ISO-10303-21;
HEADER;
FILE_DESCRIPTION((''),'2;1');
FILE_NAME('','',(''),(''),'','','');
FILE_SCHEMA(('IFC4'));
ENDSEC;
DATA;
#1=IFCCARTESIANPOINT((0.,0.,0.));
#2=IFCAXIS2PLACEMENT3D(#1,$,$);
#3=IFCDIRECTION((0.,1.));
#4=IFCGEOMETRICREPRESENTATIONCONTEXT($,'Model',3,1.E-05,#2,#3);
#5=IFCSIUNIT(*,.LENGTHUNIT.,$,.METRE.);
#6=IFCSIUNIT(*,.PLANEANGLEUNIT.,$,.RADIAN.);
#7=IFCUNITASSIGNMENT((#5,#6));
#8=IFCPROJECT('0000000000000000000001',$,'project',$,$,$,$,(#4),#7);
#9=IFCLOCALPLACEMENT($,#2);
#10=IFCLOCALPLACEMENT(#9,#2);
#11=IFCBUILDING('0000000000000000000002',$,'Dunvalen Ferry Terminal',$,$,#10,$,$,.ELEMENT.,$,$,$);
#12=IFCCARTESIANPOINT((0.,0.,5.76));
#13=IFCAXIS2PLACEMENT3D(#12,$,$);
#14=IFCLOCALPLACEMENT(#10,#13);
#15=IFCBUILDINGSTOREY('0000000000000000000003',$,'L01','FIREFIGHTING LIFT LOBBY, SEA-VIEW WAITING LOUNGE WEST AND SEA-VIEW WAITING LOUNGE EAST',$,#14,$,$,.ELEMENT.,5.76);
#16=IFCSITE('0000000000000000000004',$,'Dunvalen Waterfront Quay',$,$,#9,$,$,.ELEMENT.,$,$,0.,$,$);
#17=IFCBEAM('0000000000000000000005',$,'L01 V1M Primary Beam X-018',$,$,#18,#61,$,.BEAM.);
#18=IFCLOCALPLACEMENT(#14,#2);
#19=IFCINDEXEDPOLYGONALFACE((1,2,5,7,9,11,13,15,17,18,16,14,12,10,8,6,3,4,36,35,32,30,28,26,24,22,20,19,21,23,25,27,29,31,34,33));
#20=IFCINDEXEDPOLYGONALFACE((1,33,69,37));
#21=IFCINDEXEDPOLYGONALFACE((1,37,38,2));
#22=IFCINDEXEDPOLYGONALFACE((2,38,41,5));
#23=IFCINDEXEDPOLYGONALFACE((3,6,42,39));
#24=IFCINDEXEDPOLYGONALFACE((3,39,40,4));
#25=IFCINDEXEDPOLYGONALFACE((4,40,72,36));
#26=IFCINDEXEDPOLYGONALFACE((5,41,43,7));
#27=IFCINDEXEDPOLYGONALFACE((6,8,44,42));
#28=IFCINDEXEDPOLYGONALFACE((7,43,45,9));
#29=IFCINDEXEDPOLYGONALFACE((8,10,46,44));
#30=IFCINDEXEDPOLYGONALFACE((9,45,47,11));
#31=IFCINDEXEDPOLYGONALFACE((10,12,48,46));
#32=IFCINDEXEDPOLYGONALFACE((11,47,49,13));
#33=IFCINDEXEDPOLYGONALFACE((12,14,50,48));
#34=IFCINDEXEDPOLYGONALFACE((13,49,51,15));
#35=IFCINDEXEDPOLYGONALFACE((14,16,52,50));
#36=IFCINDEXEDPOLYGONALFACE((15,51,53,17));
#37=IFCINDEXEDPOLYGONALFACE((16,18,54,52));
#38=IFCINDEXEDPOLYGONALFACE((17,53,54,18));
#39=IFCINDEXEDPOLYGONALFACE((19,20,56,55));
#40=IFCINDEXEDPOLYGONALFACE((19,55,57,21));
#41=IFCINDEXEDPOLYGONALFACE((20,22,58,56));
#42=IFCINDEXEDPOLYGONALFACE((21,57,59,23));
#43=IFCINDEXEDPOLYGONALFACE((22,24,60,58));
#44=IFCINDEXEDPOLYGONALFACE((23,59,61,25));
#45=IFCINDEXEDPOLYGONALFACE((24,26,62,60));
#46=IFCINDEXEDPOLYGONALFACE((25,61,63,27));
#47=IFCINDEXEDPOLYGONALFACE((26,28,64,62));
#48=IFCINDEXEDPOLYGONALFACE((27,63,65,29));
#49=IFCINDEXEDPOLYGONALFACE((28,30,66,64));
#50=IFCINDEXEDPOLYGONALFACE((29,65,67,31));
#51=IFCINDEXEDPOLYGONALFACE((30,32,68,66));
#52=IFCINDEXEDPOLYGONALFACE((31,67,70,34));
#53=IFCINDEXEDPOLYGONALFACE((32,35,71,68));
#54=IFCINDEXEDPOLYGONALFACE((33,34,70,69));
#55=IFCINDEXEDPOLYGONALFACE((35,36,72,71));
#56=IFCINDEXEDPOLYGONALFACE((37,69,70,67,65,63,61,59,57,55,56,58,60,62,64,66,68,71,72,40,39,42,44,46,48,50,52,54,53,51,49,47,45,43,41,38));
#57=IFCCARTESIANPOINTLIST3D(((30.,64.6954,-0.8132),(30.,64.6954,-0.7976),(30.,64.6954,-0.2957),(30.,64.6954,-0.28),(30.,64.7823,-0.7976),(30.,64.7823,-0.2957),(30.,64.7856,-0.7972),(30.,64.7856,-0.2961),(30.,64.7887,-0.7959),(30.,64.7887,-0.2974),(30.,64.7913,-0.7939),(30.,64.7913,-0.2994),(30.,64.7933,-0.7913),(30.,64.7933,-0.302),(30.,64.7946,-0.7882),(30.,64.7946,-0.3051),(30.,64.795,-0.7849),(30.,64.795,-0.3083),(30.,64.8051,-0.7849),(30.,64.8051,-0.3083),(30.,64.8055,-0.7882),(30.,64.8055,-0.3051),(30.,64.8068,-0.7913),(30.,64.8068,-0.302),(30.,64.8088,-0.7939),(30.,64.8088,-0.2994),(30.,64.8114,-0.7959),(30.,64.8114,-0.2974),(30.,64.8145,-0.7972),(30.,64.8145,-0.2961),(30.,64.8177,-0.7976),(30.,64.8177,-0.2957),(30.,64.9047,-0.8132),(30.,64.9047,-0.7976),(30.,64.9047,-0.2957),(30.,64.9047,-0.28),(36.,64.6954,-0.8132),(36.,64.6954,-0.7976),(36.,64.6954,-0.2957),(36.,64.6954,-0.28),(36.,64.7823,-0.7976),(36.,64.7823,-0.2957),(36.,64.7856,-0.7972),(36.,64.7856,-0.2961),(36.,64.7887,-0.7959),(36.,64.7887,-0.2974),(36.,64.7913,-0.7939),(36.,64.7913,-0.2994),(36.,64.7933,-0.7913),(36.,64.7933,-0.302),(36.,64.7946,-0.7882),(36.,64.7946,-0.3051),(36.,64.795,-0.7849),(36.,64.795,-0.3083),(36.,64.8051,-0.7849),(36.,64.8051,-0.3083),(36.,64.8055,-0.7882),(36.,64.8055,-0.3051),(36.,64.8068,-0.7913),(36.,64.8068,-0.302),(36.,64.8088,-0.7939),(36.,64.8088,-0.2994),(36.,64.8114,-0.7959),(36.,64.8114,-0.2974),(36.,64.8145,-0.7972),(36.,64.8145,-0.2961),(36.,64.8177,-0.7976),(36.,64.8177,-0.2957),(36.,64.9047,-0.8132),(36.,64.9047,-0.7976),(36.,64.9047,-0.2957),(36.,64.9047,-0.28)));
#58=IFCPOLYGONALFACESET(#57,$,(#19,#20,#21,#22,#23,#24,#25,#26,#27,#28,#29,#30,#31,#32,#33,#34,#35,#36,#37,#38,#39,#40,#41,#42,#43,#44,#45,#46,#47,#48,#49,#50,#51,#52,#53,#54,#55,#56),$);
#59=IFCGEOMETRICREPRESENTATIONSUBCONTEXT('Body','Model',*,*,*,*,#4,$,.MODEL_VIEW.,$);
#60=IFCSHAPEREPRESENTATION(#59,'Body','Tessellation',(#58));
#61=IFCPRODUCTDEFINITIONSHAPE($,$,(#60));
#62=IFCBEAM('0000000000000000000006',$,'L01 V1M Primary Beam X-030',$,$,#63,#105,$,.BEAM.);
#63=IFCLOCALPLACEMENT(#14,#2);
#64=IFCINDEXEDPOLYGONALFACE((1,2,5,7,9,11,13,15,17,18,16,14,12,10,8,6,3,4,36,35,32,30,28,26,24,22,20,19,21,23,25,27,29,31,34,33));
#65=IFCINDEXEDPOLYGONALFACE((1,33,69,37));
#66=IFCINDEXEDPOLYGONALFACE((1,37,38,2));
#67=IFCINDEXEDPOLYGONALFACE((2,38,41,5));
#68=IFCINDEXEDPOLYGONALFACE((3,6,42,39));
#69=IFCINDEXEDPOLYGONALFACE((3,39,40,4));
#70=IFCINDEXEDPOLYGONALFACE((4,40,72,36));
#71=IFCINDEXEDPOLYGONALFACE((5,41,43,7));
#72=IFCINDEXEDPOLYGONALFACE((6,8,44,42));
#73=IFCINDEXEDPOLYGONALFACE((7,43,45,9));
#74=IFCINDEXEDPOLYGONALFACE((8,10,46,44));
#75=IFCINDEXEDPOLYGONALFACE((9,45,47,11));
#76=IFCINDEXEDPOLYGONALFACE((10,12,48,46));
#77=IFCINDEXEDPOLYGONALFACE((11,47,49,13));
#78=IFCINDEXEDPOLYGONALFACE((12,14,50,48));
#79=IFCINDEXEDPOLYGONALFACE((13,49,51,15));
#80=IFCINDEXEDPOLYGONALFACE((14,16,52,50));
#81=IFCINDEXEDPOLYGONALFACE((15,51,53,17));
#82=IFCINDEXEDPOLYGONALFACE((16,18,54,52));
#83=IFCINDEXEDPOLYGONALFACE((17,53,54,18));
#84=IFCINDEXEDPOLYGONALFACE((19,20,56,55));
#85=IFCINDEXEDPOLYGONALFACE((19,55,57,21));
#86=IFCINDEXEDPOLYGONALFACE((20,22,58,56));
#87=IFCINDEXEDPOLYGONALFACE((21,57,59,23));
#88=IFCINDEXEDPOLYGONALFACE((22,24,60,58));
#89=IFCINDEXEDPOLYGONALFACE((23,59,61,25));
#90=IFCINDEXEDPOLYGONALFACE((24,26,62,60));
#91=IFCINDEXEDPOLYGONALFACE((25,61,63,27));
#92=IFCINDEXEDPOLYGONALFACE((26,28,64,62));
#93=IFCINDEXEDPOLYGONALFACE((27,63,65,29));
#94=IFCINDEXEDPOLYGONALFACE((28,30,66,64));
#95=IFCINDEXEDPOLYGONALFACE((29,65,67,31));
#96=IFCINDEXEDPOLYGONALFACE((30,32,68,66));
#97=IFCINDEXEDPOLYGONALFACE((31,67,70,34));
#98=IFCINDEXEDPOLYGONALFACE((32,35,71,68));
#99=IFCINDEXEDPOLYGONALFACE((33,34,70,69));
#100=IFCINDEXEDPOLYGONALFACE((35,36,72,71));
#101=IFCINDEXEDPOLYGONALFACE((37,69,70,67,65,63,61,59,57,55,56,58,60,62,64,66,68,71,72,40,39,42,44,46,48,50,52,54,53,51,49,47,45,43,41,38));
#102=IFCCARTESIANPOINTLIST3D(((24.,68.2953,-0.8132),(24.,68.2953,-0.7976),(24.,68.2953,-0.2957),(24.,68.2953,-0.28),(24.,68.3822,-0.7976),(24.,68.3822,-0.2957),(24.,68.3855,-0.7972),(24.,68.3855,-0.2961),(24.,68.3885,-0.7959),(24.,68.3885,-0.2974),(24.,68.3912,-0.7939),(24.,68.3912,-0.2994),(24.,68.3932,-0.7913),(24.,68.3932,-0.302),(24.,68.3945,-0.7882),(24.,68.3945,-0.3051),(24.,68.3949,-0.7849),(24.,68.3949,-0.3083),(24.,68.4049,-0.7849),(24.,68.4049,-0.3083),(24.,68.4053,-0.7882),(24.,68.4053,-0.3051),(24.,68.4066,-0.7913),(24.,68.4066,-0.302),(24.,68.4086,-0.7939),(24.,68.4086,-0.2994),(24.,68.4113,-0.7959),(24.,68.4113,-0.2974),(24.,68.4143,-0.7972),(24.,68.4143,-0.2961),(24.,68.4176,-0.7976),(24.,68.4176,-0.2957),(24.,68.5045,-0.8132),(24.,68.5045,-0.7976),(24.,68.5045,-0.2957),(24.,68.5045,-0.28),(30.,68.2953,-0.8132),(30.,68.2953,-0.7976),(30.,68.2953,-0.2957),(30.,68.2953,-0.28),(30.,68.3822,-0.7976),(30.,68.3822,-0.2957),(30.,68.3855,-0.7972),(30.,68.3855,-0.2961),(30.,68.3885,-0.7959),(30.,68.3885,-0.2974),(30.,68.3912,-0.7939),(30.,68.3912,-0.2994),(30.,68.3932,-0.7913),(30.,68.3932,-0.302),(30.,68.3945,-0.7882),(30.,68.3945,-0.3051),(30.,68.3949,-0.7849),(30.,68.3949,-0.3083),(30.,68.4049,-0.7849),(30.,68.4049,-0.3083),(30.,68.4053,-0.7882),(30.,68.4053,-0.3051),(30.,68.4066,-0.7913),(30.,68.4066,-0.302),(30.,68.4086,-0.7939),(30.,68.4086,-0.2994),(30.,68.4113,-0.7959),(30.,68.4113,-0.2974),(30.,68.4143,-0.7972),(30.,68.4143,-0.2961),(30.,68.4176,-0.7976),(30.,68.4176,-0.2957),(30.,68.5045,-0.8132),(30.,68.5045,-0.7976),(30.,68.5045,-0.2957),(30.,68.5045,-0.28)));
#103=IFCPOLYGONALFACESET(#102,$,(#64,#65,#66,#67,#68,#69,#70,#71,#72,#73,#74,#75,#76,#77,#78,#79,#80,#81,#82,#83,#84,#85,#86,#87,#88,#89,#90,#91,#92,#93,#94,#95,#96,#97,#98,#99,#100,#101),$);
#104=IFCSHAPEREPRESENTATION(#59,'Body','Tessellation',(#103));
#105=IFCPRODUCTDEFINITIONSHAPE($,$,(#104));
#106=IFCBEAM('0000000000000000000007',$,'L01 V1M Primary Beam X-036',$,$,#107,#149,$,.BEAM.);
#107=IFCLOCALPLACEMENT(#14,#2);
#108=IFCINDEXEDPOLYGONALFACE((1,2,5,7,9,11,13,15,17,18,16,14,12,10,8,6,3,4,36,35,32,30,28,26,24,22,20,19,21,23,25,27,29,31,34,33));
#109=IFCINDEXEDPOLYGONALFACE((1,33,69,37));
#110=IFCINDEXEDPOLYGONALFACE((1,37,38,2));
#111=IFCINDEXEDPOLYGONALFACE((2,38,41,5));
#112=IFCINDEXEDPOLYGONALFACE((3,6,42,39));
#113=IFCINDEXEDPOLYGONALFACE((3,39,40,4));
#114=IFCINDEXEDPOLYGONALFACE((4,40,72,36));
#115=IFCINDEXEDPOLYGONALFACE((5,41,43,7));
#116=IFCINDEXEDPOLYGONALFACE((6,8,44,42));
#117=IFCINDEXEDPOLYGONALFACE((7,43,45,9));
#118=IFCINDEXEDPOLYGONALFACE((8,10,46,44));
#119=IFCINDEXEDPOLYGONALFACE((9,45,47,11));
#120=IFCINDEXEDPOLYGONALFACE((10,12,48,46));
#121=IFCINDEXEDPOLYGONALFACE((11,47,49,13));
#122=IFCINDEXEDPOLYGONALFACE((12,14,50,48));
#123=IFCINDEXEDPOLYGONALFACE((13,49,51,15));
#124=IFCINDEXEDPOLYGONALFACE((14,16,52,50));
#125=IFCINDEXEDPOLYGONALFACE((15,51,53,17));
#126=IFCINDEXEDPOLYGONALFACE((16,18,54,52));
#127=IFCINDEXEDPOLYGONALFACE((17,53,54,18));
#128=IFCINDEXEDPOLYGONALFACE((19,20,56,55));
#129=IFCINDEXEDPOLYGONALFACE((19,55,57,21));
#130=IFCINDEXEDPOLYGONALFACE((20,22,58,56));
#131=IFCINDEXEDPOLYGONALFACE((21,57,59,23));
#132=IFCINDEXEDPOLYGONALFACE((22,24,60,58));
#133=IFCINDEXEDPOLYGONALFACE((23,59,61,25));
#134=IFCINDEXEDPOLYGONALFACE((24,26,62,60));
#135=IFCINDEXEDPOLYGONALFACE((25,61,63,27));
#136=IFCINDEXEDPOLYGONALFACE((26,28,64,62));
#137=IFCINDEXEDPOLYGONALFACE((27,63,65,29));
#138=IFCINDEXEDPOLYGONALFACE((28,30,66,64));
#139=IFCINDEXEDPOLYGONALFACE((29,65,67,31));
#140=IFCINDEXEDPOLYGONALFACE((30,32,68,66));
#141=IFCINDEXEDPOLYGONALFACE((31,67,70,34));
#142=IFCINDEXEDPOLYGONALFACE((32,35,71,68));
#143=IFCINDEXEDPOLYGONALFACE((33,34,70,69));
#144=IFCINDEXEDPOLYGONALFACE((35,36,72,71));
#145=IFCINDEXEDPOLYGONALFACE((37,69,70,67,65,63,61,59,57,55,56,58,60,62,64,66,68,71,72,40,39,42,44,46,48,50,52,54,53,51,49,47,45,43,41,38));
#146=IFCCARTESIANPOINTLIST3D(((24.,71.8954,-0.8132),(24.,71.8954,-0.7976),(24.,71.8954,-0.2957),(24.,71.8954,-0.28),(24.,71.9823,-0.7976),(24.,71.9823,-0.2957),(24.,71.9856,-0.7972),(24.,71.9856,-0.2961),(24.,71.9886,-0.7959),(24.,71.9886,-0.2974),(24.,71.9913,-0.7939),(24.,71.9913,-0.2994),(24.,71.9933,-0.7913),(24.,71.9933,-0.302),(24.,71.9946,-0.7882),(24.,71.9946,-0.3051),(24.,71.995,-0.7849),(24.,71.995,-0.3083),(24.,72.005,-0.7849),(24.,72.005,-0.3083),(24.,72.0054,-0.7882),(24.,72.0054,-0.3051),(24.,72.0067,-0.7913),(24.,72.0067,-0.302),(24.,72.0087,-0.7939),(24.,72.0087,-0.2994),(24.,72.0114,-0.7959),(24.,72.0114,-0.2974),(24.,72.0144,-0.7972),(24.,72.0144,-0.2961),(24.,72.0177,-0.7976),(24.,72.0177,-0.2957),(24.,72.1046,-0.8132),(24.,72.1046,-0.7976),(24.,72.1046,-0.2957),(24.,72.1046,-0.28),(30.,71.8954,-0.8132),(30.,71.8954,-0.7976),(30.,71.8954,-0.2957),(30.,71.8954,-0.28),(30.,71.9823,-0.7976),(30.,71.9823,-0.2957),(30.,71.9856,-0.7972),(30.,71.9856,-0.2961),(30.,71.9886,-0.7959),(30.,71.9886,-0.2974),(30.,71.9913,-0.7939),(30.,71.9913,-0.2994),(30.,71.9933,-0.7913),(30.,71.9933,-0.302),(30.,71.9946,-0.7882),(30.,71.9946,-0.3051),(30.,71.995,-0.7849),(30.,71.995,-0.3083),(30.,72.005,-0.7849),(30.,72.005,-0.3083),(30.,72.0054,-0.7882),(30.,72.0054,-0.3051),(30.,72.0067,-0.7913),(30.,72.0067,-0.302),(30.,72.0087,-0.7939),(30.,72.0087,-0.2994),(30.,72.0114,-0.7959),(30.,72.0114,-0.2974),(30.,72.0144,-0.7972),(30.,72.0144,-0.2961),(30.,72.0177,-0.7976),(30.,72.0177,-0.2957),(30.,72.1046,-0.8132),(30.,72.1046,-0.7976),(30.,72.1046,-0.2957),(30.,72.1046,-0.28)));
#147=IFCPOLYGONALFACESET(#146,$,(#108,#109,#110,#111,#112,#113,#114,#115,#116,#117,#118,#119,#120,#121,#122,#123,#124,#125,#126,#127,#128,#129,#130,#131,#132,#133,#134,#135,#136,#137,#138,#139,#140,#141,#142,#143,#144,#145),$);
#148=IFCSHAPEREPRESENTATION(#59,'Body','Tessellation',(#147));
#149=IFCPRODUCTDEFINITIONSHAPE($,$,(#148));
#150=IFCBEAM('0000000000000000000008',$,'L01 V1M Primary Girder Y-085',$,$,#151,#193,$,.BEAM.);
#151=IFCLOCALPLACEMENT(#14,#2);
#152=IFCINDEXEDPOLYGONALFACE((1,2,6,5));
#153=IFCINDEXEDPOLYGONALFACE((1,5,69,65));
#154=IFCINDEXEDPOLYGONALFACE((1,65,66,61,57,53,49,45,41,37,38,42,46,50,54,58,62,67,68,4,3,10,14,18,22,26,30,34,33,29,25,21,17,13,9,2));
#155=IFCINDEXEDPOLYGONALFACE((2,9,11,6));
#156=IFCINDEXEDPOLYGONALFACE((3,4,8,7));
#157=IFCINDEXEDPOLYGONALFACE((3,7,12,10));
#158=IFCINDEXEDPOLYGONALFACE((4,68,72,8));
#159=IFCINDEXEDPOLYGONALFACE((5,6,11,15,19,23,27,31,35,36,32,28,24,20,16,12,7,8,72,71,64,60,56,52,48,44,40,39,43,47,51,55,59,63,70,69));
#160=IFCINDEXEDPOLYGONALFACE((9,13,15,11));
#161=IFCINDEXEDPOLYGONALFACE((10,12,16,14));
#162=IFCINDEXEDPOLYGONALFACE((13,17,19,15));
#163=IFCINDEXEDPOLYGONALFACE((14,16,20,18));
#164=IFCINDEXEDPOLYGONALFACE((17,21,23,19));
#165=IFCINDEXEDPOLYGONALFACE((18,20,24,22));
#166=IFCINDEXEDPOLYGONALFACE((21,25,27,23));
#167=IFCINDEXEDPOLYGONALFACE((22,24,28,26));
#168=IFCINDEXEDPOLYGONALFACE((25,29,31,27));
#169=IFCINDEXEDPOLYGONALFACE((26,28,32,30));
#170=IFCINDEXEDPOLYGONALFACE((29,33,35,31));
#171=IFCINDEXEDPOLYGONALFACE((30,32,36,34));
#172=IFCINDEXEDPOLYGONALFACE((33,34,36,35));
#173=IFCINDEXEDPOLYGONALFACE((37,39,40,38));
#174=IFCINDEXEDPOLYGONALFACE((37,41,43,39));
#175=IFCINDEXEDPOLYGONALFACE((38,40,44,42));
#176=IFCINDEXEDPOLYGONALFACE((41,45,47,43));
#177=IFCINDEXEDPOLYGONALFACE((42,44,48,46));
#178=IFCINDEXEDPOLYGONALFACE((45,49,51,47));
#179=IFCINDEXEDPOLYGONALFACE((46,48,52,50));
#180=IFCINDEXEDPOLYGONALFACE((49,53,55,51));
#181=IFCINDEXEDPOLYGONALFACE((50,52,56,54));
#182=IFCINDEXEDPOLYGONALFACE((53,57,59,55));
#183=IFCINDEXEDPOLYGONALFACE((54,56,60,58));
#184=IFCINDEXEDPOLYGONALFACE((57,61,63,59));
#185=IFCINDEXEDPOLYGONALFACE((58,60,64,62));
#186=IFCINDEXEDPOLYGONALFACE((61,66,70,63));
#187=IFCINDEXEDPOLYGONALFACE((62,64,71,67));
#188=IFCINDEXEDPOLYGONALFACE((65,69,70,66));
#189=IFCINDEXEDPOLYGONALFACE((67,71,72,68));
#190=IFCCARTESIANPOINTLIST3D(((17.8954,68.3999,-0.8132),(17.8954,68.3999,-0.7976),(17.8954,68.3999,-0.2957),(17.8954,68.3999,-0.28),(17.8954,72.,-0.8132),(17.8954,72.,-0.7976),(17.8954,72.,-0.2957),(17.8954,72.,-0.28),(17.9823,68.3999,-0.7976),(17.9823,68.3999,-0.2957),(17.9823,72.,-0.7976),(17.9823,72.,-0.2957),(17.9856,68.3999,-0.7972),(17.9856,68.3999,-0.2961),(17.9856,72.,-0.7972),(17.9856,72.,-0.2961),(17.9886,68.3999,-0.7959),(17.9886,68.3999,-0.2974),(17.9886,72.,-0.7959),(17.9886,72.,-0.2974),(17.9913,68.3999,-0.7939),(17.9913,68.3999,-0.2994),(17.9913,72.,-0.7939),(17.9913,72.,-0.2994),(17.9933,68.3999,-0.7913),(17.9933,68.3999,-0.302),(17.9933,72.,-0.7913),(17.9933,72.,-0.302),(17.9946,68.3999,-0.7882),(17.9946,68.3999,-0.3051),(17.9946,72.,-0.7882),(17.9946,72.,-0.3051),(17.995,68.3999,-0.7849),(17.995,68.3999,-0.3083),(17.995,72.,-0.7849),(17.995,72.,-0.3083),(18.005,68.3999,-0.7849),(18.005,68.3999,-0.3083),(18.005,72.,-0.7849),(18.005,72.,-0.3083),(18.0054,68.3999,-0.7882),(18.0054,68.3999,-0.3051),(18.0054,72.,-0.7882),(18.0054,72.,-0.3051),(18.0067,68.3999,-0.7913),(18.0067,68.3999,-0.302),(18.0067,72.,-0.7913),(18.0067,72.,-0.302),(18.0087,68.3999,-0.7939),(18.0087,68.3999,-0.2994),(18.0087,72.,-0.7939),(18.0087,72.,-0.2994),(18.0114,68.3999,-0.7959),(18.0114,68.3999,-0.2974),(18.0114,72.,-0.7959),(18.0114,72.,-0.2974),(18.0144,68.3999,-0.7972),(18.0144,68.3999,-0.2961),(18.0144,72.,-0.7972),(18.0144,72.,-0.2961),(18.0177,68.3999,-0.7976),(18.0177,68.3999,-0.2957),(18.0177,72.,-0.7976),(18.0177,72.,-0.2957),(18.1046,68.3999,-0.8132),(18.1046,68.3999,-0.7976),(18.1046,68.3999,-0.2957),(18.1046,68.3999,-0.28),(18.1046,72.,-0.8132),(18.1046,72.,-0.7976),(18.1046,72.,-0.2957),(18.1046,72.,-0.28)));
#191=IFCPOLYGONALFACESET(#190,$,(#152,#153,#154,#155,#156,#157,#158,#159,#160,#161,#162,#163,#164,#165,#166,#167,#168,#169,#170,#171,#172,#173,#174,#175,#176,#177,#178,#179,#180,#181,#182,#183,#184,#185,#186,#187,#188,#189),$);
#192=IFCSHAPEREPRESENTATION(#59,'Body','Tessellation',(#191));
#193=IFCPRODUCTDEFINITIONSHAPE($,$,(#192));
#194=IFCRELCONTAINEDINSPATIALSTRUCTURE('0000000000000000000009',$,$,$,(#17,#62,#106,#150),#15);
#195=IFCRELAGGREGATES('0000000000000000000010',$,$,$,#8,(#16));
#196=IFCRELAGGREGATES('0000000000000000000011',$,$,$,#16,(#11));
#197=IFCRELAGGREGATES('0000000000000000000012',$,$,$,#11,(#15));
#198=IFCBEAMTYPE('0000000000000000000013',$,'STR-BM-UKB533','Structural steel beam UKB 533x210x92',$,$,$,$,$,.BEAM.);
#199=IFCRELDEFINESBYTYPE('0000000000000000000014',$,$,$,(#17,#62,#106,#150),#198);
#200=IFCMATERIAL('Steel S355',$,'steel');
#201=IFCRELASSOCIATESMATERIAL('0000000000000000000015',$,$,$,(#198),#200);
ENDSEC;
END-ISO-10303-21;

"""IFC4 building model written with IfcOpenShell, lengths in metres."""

from ifc_helpers import new_model, si_unit, direction, frame, origin, origin_2d, place, context, subcontext, project, spatial, i_section, extrude, material, material_profile, profile_set, type_object, element, save


model = new_model("IFC4")

# Units and contexts
model_context = context("Model", 3, precision=1e-05, world=origin(), true_north=direction((0.0, 1.0)))
body_context = subcontext(model_context, "Body", "Model", "MODEL_VIEW")
ifc_project = project(units=[si_unit("LENGTHUNIT", "METRE"), si_unit("PLANEANGLEUNIT", "RADIAN")], contexts=[model_context])

# Site, building, storey
site_placement = place(None, origin())
site = spatial("IfcSite", under=ifc_project, at=site_placement, Name="Dunvalen Waterfront Quay", CompositionType="ELEMENT", RefElevation=0.0)
building_placement = place(site_placement, origin())
building = spatial("IfcBuilding", under=site, at=building_placement, Name="Dunvalen Ferry Terminal", CompositionType="ELEMENT")
storey_placement = place(building_placement, frame((0.0, 0.0, 5.76)))
storey = spatial("IfcBuildingStorey", under=building, at=storey_placement, Name="L01", Description="FIREFIGHTING LIFT LOBBY, SEA-VIEW WAITING LOUNGE WEST AND SEA-VIEW WAITING LOUNGE EAST", CompositionType="ELEMENT", Elevation=5.76)

# Beams
ifc_material_1 = material(Name="Steel S355", Category="steel")
ifc_material_profile_1 = material_profile(ifc_material_1, i_section(OverallWidth=0.2092, OverallDepth=0.5332, WebThickness=0.01, FlangeThickness=0.0156, FilletRadius=0.0127, at=origin_2d()), Name="Steel S355")
ifc_profile_set_1 = profile_set([ifc_material_profile_1], Name="Steel S355")
beam_type_1 = type_object("IfcBeamType", Name="STR-BM-UKB533", Description="Structural steel beam UKB 533x210x92", PredefinedType="BEAM", material=ifc_profile_set_1)
for number, where, z_axis, x_axis, name in (
    (1, (30.0, 64.8, -0.5466), (1.0, 0.0, 0.0), (0.0, 1.0, 0.0), "L01 V1M Primary Beam X-018"),
    (2, (24.0, 68.3999, -0.5466), (1.0, 0.0, 0.0), (0.0, 1.0, 0.0), "L01 V1M Primary Beam X-030"),
    (3, (24.0, 72.0, -0.5466), (1.0, 0.0, 0.0), (0.0, 1.0, 0.0), "L01 V1M Primary Beam X-036"),
):
    element("IfcBeam", number, at=place(storey_placement, frame(where, z_axis=z_axis, x_axis=x_axis)), inside=storey, type_object=beam_type_1, Name=name, PredefinedType="BEAM", context=body_context, shape_type="SweptSolid", body=[
        extrude(i_section(OverallWidth=0.2092, OverallDepth=0.5332, WebThickness=0.01, FlangeThickness=0.0156, FilletRadius=0.0127, at=origin_2d()), origin(), (0.0, 0.0, 1.0), 6.0),
    ])
beam_1_placement = place(storey_placement, frame((18.0, 68.3999, -0.5466), z_axis=(0.0, 1.0, 0.0), x_axis=(-1.0, 0.0, 0.0)))
element("IfcBeam", 4, at=beam_1_placement, inside=storey, type_object=beam_type_1, Name="L01 V1M Primary Girder Y-085", PredefinedType="BEAM", context=body_context, shape_type="SweptSolid", body=[
    extrude(i_section(OverallWidth=0.2092, OverallDepth=0.5332, WebThickness=0.01, FlangeThickness=0.0156, FilletRadius=0.0127, at=origin_2d()), origin(), (0.0, 0.0, 1.0), 3.6001),
])

save(model, "model.ifc")
